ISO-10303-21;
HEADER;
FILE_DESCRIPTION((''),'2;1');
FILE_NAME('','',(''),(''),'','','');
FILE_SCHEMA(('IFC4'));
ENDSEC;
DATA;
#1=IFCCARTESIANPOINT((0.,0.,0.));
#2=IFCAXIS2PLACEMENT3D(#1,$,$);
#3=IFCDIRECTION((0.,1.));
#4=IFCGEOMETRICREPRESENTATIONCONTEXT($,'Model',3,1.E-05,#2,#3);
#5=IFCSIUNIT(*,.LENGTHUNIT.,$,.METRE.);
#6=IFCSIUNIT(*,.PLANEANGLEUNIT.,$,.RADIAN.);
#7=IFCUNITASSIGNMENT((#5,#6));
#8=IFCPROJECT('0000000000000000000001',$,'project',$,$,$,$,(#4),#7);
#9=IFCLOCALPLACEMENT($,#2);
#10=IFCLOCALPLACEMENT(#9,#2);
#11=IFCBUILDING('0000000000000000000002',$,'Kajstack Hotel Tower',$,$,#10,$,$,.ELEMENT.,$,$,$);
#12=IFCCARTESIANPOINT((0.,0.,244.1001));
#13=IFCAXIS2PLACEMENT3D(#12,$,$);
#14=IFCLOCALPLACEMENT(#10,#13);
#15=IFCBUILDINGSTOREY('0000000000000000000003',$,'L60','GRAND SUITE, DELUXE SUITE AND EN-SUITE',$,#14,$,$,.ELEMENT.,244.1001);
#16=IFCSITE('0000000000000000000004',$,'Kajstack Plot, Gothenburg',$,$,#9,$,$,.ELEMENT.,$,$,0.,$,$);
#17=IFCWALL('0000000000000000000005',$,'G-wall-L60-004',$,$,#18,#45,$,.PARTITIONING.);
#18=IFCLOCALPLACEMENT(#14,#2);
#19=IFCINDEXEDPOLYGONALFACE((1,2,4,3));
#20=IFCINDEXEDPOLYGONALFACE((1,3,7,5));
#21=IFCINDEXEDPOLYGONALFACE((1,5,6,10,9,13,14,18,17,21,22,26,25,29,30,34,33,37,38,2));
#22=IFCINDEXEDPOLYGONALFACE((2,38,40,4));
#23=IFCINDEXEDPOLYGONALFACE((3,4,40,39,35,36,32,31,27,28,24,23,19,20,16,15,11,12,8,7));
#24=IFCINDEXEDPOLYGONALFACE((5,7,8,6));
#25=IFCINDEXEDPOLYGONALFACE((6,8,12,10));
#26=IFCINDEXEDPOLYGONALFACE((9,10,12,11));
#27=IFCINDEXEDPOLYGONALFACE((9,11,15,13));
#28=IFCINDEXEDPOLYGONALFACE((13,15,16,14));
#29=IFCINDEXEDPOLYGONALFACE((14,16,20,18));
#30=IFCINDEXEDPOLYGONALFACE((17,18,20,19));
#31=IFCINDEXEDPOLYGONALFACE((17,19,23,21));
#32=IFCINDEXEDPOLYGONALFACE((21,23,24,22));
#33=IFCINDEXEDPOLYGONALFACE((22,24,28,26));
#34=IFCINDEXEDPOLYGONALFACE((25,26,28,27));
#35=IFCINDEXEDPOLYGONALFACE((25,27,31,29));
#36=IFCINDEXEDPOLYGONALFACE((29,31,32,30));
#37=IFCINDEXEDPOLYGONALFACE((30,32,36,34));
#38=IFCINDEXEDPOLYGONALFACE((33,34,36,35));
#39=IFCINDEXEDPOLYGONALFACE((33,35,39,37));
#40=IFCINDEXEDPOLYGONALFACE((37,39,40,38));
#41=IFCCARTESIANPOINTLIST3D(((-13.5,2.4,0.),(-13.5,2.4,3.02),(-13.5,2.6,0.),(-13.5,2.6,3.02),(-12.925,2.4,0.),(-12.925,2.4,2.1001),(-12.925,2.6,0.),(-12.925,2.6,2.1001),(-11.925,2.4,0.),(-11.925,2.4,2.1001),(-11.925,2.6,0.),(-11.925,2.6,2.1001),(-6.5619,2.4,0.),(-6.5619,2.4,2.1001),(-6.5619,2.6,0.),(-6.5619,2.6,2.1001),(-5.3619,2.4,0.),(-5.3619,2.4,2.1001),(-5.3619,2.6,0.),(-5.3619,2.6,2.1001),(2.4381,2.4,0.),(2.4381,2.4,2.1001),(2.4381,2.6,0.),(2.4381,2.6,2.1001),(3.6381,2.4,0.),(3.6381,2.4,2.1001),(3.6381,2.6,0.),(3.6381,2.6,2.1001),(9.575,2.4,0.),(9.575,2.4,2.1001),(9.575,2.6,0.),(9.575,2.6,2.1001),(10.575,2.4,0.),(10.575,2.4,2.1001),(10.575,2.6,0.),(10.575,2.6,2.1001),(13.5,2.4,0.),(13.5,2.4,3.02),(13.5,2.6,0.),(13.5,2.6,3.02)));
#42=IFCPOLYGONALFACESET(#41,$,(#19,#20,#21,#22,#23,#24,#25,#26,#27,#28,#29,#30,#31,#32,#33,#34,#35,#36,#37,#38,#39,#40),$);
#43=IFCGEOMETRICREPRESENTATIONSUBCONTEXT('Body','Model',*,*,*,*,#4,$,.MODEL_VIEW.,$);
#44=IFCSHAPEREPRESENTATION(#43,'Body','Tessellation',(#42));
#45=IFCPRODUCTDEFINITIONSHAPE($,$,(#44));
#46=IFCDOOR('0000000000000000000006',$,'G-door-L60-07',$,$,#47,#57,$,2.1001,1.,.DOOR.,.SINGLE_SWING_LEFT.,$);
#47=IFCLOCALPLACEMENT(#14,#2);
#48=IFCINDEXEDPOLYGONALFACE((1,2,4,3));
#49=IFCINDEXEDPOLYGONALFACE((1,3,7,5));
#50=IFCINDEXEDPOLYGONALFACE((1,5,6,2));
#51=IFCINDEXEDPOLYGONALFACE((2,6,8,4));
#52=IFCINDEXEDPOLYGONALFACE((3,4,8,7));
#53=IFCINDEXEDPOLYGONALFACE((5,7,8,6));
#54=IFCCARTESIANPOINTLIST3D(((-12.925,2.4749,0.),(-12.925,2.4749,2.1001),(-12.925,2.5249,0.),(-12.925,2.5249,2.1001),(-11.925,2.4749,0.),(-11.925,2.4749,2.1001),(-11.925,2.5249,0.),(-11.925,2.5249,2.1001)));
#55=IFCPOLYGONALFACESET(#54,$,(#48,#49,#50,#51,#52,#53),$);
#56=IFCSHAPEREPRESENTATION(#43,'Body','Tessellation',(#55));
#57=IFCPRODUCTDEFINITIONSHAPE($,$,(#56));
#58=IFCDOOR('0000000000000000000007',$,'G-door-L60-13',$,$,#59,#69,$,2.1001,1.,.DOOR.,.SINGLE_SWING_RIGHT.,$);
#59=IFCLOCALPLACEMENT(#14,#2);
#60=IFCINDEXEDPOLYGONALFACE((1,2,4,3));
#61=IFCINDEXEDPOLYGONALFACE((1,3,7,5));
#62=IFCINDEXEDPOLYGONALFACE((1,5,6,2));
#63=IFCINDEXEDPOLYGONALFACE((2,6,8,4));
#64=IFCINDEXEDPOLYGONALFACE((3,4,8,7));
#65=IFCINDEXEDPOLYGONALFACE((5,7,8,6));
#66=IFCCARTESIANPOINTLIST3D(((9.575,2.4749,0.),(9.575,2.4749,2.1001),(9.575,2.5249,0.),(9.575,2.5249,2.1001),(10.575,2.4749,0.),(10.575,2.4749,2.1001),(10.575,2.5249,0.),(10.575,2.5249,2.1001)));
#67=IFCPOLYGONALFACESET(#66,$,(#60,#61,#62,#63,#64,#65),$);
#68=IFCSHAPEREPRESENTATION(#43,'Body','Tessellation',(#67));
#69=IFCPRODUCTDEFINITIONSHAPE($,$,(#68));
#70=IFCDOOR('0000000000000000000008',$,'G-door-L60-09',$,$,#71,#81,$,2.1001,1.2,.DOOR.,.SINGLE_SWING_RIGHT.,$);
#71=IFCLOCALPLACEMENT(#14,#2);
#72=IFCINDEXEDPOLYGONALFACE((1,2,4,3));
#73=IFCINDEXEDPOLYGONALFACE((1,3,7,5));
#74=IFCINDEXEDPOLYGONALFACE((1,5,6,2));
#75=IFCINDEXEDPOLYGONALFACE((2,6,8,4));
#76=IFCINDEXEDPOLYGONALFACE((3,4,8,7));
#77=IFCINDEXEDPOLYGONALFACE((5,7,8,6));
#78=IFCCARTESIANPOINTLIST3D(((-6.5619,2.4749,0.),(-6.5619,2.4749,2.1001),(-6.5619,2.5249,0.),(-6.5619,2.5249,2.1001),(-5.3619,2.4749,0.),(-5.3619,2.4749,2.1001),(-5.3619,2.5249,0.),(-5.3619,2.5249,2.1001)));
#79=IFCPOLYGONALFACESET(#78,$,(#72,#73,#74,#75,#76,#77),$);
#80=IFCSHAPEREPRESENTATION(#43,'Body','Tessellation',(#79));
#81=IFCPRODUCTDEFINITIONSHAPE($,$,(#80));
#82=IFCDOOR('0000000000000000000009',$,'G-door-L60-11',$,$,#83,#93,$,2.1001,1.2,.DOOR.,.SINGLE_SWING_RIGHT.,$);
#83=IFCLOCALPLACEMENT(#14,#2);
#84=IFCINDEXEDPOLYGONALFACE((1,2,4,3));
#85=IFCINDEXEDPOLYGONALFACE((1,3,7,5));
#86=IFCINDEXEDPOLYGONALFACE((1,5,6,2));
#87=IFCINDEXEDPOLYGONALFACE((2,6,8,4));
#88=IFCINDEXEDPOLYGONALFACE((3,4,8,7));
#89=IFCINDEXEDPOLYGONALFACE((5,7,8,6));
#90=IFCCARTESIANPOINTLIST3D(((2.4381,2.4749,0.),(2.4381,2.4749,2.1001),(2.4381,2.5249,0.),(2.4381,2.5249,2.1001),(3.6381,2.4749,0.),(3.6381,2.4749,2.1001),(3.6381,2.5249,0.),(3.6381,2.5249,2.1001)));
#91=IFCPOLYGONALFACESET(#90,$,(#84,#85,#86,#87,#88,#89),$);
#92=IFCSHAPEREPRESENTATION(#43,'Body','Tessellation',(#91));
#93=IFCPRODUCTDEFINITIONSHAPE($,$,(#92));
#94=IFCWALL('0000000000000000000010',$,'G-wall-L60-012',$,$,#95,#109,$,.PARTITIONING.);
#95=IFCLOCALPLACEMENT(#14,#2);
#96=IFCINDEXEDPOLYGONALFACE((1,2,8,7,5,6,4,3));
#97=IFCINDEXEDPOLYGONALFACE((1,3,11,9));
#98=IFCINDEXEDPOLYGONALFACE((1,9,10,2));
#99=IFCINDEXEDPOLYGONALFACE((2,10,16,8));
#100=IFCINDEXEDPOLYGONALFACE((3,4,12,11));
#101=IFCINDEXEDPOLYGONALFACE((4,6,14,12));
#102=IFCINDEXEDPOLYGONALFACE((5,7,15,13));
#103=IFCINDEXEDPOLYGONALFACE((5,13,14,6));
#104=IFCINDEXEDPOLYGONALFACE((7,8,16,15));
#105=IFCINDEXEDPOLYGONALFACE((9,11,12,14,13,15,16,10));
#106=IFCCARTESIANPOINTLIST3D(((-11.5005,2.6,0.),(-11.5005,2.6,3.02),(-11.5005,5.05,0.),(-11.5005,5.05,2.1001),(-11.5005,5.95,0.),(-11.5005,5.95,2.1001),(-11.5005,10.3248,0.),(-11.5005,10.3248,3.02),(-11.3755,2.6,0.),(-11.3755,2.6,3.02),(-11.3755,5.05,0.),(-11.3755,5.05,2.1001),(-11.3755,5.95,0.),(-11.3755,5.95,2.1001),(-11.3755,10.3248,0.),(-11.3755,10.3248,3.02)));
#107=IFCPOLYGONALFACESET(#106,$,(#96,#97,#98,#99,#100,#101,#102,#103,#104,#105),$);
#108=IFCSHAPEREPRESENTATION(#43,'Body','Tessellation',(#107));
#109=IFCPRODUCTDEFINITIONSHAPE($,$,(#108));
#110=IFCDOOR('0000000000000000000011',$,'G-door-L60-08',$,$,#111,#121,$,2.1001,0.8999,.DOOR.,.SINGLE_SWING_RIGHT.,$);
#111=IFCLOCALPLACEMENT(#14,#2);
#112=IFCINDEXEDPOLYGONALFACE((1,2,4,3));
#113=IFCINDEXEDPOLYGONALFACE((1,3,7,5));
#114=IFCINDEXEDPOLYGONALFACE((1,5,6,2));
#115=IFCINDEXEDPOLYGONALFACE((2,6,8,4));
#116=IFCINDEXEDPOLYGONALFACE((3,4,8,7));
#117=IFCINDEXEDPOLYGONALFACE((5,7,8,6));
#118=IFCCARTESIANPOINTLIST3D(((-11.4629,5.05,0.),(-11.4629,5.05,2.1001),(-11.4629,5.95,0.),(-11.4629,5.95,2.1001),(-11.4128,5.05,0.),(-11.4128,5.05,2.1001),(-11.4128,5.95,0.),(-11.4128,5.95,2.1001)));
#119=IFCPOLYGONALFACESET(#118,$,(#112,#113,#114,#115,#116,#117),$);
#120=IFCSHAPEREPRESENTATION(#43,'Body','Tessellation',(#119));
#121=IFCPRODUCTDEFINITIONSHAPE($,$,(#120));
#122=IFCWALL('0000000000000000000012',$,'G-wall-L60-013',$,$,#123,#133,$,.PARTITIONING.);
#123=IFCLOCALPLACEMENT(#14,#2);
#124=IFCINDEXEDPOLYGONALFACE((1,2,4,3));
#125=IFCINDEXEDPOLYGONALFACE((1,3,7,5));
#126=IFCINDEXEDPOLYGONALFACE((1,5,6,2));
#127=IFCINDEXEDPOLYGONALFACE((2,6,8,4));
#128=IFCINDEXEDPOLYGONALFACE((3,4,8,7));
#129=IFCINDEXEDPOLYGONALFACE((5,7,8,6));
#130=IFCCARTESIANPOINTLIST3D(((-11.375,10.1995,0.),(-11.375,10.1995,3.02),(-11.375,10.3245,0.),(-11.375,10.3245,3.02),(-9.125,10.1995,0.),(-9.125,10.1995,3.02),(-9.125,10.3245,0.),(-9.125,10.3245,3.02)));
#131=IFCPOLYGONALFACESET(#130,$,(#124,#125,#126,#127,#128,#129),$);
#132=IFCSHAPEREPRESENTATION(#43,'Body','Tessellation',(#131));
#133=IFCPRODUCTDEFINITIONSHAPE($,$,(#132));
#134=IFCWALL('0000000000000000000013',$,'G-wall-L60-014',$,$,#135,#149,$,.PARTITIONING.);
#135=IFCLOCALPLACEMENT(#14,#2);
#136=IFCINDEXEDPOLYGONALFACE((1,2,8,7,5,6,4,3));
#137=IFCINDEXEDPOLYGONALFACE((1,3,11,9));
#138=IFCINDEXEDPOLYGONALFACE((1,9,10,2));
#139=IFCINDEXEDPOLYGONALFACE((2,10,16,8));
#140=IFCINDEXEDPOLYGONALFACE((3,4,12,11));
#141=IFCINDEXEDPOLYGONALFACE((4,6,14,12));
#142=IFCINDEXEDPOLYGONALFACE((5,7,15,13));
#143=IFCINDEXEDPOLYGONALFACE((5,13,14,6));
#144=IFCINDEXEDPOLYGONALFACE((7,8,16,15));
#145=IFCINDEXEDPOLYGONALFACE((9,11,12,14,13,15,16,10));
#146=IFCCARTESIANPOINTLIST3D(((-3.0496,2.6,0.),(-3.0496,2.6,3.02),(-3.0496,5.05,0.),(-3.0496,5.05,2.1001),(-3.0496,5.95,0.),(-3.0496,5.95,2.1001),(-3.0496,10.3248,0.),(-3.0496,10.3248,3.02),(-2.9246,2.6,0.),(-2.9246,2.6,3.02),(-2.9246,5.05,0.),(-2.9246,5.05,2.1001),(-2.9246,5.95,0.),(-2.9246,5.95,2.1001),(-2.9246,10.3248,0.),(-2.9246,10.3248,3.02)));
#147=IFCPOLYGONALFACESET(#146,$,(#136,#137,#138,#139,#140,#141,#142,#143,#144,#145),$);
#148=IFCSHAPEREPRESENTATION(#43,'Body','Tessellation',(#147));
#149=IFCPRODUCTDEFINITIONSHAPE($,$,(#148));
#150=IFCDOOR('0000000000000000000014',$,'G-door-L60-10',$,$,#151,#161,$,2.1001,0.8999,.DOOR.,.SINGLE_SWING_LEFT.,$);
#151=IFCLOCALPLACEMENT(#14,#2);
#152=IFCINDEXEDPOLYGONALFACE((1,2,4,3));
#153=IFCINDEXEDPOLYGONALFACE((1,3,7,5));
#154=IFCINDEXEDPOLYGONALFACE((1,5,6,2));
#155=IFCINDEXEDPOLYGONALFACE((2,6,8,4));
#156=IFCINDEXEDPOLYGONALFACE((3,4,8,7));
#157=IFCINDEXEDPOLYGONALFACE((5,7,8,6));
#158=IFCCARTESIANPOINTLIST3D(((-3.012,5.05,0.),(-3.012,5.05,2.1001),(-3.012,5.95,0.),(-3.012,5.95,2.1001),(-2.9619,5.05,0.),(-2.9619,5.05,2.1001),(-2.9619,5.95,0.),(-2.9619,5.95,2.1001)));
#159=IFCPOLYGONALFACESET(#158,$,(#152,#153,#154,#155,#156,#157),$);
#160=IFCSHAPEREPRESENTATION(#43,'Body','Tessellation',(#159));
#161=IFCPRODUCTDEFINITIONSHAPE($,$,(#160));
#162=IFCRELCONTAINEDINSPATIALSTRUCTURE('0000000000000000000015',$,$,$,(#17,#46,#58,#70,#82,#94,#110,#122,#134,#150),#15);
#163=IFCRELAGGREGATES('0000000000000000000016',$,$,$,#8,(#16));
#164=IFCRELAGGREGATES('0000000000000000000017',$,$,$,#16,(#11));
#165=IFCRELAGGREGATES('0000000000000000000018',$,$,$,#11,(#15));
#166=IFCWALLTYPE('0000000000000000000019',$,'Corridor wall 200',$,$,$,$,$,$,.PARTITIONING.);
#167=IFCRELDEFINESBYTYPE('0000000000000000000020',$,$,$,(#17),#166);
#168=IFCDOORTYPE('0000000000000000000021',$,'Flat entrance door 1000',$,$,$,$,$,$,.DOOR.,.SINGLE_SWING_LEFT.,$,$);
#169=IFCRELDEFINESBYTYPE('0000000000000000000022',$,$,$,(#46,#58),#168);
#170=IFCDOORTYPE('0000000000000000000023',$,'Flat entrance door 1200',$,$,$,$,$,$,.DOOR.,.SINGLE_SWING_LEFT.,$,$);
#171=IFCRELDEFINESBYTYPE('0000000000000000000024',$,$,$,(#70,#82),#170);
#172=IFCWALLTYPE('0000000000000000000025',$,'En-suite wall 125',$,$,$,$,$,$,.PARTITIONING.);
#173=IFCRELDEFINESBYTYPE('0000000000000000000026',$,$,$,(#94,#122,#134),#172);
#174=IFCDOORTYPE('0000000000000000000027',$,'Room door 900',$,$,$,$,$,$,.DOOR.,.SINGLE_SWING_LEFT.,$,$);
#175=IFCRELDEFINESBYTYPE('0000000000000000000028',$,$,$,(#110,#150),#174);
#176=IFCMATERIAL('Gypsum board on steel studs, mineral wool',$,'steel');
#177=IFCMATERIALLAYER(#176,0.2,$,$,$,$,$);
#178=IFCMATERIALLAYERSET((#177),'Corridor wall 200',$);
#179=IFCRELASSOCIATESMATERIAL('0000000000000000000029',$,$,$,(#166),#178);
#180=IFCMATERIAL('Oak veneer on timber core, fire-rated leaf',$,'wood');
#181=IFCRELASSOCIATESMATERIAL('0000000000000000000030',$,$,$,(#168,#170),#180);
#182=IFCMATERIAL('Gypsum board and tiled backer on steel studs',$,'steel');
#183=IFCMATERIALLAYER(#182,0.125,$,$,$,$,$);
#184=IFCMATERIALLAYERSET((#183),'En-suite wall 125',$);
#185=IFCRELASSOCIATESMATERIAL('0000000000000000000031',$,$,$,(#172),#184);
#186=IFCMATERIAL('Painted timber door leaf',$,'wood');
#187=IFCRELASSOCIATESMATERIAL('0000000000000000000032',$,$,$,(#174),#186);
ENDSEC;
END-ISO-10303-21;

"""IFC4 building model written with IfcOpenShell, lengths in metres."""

from ifc_helpers import new_model, si_unit, direction, frame, frame_2d, origin, place, context, subcontext, project, spatial, rectangle, extrude, material, layer, layer_set, type_object, element, fill, save


model = new_model("IFC4")

# Units and contexts
model_context = context("Model", 3, precision=1e-05, world=origin(), true_north=direction((0.0, 1.0)))
body_context = subcontext(model_context, "Body", "Model", "MODEL_VIEW")
ifc_project = project(units=[si_unit("LENGTHUNIT", "METRE"), si_unit("PLANEANGLEUNIT", "RADIAN")], contexts=[model_context])

# Site, building, storey
site_placement = place(None, origin())
site = spatial("IfcSite", under=ifc_project, at=site_placement, Name="Kajstack Plot, Gothenburg", CompositionType="ELEMENT", RefElevation=0.0)
building_placement = place(site_placement, origin())
building = spatial("IfcBuilding", under=site, at=building_placement, Name="Kajstack Hotel Tower", CompositionType="ELEMENT")
storey_placement = place(building_placement, frame((0.0, 0.0, 244.1001)))
storey = spatial("IfcBuildingStorey", under=building, at=storey_placement, Name="L60", Description="GRAND SUITE, DELUXE SUITE AND EN-SUITE", CompositionType="ELEMENT", Elevation=244.1001)

# Wall, openings, doors
ifc_material_1 = material(Name="Gypsum board on steel studs, mineral wool", Category="steel")
ifc_layer_1 = layer(ifc_material_1, 0.2)
ifc_layer_set_1 = layer_set([ifc_layer_1], Name="Corridor wall 200")
wall_type_1 = type_object("IfcWallType", Name="Corridor wall 200", PredefinedType="PARTITIONING", material=ifc_layer_set_1)
wall_1_placement = place(storey_placement, frame((-13.5, 2.5, 0.0), z_axis=(0.0, 0.0, 1.0), x_axis=(1.0, 0.0, 0.0)))
wall_1 = element("IfcWall", 1, at=wall_1_placement, inside=storey, type_object=wall_type_1, Name="G-wall-L60-004", PredefinedType="PARTITIONING", context=body_context, shape_type="SweptSolid", body=[
    extrude(rectangle(XDim=27.0, YDim=0.2, at=frame_2d((13.5, 0.0))), origin(), (0.0, 0.0, 1.0), 3.02),
])
opening_1_placement = place(wall_1_placement, frame((0.575, 0.0, 0.0)))
opening_1 = element("IfcOpeningElement", 2, at=opening_1_placement, cuts=wall_1, PredefinedType="OPENING", context=body_context, shape_type="SweptSolid", body=[
    extrude(rectangle(XDim=1.0, YDim=2.1001, at=frame_2d((0.5, 1.05))), frame((0.0, 0.1099, 0.0), z_axis=(0.0, -1.0, 0.0), x_axis=(1.0, 0.0, 0.0)), (0.0, 0.0, 1.0), 0.22),
])
opening_2_placement = place(wall_1_placement, frame((6.938, 0.0, 0.0)))
opening_2 = element("IfcOpeningElement", 3, at=opening_2_placement, cuts=wall_1, PredefinedType="OPENING", context=body_context, shape_type="SweptSolid", body=[
    extrude(rectangle(XDim=1.2, YDim=2.1001, at=frame_2d((0.6001, 1.05))), frame((0.0, 0.1099, 0.0), z_axis=(0.0, -1.0, 0.0), x_axis=(1.0, 0.0, 0.0)), (0.0, 0.0, 1.0), 0.22),
])
opening_3_placement = place(wall_1_placement, frame((15.938, 0.0, 0.0)))
opening_3 = element("IfcOpeningElement", 4, at=opening_3_placement, cuts=wall_1, PredefinedType="OPENING", context=body_context, shape_type="SweptSolid", body=[
    extrude(rectangle(XDim=1.2, YDim=2.1001, at=frame_2d((0.6001, 1.05))), frame((0.0, 0.1099, 0.0), z_axis=(0.0, -1.0, 0.0), x_axis=(1.0, 0.0, 0.0)), (0.0, 0.0, 1.0), 0.22),
])
opening_4_placement = place(wall_1_placement, frame((23.075, 0.0, 0.0)))
opening_4 = element("IfcOpeningElement", 5, at=opening_4_placement, cuts=wall_1, PredefinedType="OPENING", context=body_context, shape_type="SweptSolid", body=[
    extrude(rectangle(XDim=1.0, YDim=2.1001, at=frame_2d((0.5, 1.05))), frame((0.0, 0.1099, 0.0), z_axis=(0.0, -1.0, 0.0), x_axis=(1.0, 0.0, 0.0)), (0.0, 0.0, 1.0), 0.22),
])
ifc_material_2 = material(Name="Oak veneer on timber core, fire-rated leaf", Category="wood")
door_type_1 = type_object("IfcDoorType", Name="Flat entrance door 1000", OperationType="SINGLE_SWING_LEFT", PredefinedType="DOOR", material=ifc_material_2)
door_1_placement = place(opening_1_placement, origin())
door_1 = element("IfcDoor", 6, at=door_1_placement, inside=storey, type_object=door_type_1, Name="G-door-L60-07", OperationType="SINGLE_SWING_LEFT", OverallHeight=2.1001, OverallWidth=1.0, PredefinedType="DOOR", context=body_context, shape_type="SweptSolid", body=[
    extrude(rectangle(XDim=1.0, YDim=2.1001, at=frame_2d((0.5, 1.05))), frame((0.0, 0.0249, 0.0), z_axis=(0.0, -1.0, 0.0), x_axis=(1.0, 0.0, 0.0)), (0.0, 0.0, 1.0), 0.05),
])
fill(opening_1, door_1)
door_2_placement = place(opening_4_placement, origin())
door_2 = element("IfcDoor", 7, at=door_2_placement, inside=storey, type_object=door_type_1, Name="G-door-L60-13", OperationType="SINGLE_SWING_RIGHT", OverallHeight=2.1001, OverallWidth=1.0, PredefinedType="DOOR", context=body_context, shape_type="SweptSolid", body=[
    extrude(rectangle(XDim=1.0, YDim=2.1001, at=frame_2d((0.5, 1.05))), frame((0.0, 0.0249, 0.0), z_axis=(0.0, -1.0, 0.0), x_axis=(1.0, 0.0, 0.0)), (0.0, 0.0, 1.0), 0.05),
])
fill(opening_4, door_2)
door_type_2 = type_object("IfcDoorType", Name="Flat entrance door 1200", OperationType="SINGLE_SWING_LEFT", PredefinedType="DOOR", material=ifc_material_2)
door_3_placement = place(opening_2_placement, origin())
door_3 = element("IfcDoor", 8, at=door_3_placement, inside=storey, type_object=door_type_2, Name="G-door-L60-09", OperationType="SINGLE_SWING_RIGHT", OverallHeight=2.1001, OverallWidth=1.2, PredefinedType="DOOR", context=body_context, shape_type="SweptSolid", body=[
    extrude(rectangle(XDim=1.2, YDim=2.1001, at=frame_2d((0.6001, 1.05))), frame((0.0, 0.0249, 0.0), z_axis=(0.0, -1.0, 0.0), x_axis=(1.0, 0.0, 0.0)), (0.0, 0.0, 1.0), 0.05),
])
fill(opening_2, door_3)
door_4_placement = place(opening_3_placement, origin())
door_4 = element("IfcDoor", 9, at=door_4_placement, inside=storey, type_object=door_type_2, Name="G-door-L60-11", OperationType="SINGLE_SWING_RIGHT", OverallHeight=2.1001, OverallWidth=1.2, PredefinedType="DOOR", context=body_context, shape_type="SweptSolid", body=[
    extrude(rectangle(XDim=1.2, YDim=2.1001, at=frame_2d((0.6001, 1.05))), frame((0.0, 0.0249, 0.0), z_axis=(0.0, -1.0, 0.0), x_axis=(1.0, 0.0, 0.0)), (0.0, 0.0, 1.0), 0.05),
])
fill(opening_3, door_4)

# Wall, opening, door
ifc_material_3 = material(Name="Gypsum board and tiled backer on steel studs", Category="steel")
ifc_layer_2 = layer(ifc_material_3, 0.125)
ifc_layer_set_2 = layer_set([ifc_layer_2], Name="En-suite wall 125")
wall_type_2 = type_object("IfcWallType", Name="En-suite wall 125", PredefinedType="PARTITIONING", material=ifc_layer_set_2)
wall_2_placement = place(storey_placement, frame((-11.438, 2.6001, 0.0), z_axis=(0.0, 0.0, 1.0), x_axis=(0.0, 1.0, 0.0)))
wall_2 = element("IfcWall", 10, at=wall_2_placement, inside=storey, type_object=wall_type_2, Name="G-wall-L60-012", PredefinedType="PARTITIONING", context=body_context, shape_type="SweptSolid", body=[
    extrude(rectangle(XDim=7.7249, YDim=0.125, at=frame_2d((3.8623, 0.0))), origin(), (0.0, 0.0, 1.0), 3.02),
])
opening_5_placement = place(wall_2_placement, frame((2.45, 0.0, 0.0)))
opening_5 = element("IfcOpeningElement", 11, at=opening_5_placement, cuts=wall_2, PredefinedType="OPENING", context=body_context, shape_type="SweptSolid", body=[
    extrude(rectangle(XDim=0.8999, YDim=2.1001, at=frame_2d((0.45, 1.05))), frame((0.0, 0.0725, 0.0), z_axis=(0.0, -1.0, 0.0), x_axis=(1.0, 0.0, 0.0)), (0.0, 0.0, 1.0), 0.145),
])
ifc_material_4 = material(Name="Painted timber door leaf", Category="wood")
door_type_3 = type_object("IfcDoorType", Name="Room door 900", OperationType="SINGLE_SWING_LEFT", PredefinedType="DOOR", material=ifc_material_4)
door_5_placement = place(opening_5_placement, origin())
door_5 = element("IfcDoor", 12, at=door_5_placement, inside=storey, type_object=door_type_3, Name="G-door-L60-08", OperationType="SINGLE_SWING_RIGHT", OverallHeight=2.1001, OverallWidth=0.8999, PredefinedType="DOOR", context=body_context, shape_type="SweptSolid", body=[
    extrude(rectangle(XDim=0.8999, YDim=2.1001, at=frame_2d((0.45, 1.05))), frame((0.0, 0.0249, 0.0), z_axis=(0.0, -1.0, 0.0), x_axis=(1.0, 0.0, 0.0)), (0.0, 0.0, 1.0), 0.05),
])
fill(opening_5, door_5)

# Wall
wall_3_placement = place(storey_placement, frame((-11.375, 10.262, 0.0), z_axis=(0.0, 0.0, 1.0), x_axis=(1.0, 0.0, 0.0)))
element("IfcWall", 13, at=wall_3_placement, inside=storey, type_object=wall_type_2, Name="G-wall-L60-013", PredefinedType="PARTITIONING", context=body_context, shape_type="SweptSolid", body=[
    extrude(rectangle(XDim=2.25, YDim=0.125, at=frame_2d((1.125, 0.0))), origin(), (0.0, 0.0, 1.0), 3.02),
])

# Wall, opening, door
wall_4_placement = place(storey_placement, frame((-2.9871, 2.6001, 0.0), z_axis=(0.0, 0.0, 1.0), x_axis=(0.0, 1.0, 0.0)))
wall_4 = element("IfcWall", 14, at=wall_4_placement, inside=storey, type_object=wall_type_2, Name="G-wall-L60-014", PredefinedType="PARTITIONING", context=body_context, shape_type="SweptSolid", body=[
    extrude(rectangle(XDim=7.7249, YDim=0.125, at=frame_2d((3.8623, 0.0))), origin(), (0.0, 0.0, 1.0), 3.02),
])
opening_6_placement = place(wall_4_placement, frame((2.45, 0.0, 0.0)))
opening_6 = element("IfcOpeningElement", 15, at=opening_6_placement, cuts=wall_4, PredefinedType="OPENING", context=body_context, shape_type="SweptSolid", body=[
    extrude(rectangle(XDim=0.8999, YDim=2.1001, at=frame_2d((0.45, 1.05))), frame((0.0, 0.0725, 0.0), z_axis=(0.0, -1.0, 0.0), x_axis=(1.0, 0.0, 0.0)), (0.0, 0.0, 1.0), 0.145),
])
door_6_placement = place(opening_6_placement, origin())
door_6 = element("IfcDoor", 16, at=door_6_placement, inside=storey, type_object=door_type_3, Name="G-door-L60-10", OperationType="SINGLE_SWING_LEFT", OverallHeight=2.1001, OverallWidth=0.8999, PredefinedType="DOOR", context=body_context, shape_type="SweptSolid", body=[
    extrude(rectangle(XDim=0.8999, YDim=2.1001, at=frame_2d((0.45, 1.05))), frame((0.0, 0.0249, 0.0), z_axis=(0.0, -1.0, 0.0), x_axis=(1.0, 0.0, 0.0)), (0.0, 0.0, 1.0), 0.05),
])
fill(opening_6, door_6)

save(model, "model.ifc")
